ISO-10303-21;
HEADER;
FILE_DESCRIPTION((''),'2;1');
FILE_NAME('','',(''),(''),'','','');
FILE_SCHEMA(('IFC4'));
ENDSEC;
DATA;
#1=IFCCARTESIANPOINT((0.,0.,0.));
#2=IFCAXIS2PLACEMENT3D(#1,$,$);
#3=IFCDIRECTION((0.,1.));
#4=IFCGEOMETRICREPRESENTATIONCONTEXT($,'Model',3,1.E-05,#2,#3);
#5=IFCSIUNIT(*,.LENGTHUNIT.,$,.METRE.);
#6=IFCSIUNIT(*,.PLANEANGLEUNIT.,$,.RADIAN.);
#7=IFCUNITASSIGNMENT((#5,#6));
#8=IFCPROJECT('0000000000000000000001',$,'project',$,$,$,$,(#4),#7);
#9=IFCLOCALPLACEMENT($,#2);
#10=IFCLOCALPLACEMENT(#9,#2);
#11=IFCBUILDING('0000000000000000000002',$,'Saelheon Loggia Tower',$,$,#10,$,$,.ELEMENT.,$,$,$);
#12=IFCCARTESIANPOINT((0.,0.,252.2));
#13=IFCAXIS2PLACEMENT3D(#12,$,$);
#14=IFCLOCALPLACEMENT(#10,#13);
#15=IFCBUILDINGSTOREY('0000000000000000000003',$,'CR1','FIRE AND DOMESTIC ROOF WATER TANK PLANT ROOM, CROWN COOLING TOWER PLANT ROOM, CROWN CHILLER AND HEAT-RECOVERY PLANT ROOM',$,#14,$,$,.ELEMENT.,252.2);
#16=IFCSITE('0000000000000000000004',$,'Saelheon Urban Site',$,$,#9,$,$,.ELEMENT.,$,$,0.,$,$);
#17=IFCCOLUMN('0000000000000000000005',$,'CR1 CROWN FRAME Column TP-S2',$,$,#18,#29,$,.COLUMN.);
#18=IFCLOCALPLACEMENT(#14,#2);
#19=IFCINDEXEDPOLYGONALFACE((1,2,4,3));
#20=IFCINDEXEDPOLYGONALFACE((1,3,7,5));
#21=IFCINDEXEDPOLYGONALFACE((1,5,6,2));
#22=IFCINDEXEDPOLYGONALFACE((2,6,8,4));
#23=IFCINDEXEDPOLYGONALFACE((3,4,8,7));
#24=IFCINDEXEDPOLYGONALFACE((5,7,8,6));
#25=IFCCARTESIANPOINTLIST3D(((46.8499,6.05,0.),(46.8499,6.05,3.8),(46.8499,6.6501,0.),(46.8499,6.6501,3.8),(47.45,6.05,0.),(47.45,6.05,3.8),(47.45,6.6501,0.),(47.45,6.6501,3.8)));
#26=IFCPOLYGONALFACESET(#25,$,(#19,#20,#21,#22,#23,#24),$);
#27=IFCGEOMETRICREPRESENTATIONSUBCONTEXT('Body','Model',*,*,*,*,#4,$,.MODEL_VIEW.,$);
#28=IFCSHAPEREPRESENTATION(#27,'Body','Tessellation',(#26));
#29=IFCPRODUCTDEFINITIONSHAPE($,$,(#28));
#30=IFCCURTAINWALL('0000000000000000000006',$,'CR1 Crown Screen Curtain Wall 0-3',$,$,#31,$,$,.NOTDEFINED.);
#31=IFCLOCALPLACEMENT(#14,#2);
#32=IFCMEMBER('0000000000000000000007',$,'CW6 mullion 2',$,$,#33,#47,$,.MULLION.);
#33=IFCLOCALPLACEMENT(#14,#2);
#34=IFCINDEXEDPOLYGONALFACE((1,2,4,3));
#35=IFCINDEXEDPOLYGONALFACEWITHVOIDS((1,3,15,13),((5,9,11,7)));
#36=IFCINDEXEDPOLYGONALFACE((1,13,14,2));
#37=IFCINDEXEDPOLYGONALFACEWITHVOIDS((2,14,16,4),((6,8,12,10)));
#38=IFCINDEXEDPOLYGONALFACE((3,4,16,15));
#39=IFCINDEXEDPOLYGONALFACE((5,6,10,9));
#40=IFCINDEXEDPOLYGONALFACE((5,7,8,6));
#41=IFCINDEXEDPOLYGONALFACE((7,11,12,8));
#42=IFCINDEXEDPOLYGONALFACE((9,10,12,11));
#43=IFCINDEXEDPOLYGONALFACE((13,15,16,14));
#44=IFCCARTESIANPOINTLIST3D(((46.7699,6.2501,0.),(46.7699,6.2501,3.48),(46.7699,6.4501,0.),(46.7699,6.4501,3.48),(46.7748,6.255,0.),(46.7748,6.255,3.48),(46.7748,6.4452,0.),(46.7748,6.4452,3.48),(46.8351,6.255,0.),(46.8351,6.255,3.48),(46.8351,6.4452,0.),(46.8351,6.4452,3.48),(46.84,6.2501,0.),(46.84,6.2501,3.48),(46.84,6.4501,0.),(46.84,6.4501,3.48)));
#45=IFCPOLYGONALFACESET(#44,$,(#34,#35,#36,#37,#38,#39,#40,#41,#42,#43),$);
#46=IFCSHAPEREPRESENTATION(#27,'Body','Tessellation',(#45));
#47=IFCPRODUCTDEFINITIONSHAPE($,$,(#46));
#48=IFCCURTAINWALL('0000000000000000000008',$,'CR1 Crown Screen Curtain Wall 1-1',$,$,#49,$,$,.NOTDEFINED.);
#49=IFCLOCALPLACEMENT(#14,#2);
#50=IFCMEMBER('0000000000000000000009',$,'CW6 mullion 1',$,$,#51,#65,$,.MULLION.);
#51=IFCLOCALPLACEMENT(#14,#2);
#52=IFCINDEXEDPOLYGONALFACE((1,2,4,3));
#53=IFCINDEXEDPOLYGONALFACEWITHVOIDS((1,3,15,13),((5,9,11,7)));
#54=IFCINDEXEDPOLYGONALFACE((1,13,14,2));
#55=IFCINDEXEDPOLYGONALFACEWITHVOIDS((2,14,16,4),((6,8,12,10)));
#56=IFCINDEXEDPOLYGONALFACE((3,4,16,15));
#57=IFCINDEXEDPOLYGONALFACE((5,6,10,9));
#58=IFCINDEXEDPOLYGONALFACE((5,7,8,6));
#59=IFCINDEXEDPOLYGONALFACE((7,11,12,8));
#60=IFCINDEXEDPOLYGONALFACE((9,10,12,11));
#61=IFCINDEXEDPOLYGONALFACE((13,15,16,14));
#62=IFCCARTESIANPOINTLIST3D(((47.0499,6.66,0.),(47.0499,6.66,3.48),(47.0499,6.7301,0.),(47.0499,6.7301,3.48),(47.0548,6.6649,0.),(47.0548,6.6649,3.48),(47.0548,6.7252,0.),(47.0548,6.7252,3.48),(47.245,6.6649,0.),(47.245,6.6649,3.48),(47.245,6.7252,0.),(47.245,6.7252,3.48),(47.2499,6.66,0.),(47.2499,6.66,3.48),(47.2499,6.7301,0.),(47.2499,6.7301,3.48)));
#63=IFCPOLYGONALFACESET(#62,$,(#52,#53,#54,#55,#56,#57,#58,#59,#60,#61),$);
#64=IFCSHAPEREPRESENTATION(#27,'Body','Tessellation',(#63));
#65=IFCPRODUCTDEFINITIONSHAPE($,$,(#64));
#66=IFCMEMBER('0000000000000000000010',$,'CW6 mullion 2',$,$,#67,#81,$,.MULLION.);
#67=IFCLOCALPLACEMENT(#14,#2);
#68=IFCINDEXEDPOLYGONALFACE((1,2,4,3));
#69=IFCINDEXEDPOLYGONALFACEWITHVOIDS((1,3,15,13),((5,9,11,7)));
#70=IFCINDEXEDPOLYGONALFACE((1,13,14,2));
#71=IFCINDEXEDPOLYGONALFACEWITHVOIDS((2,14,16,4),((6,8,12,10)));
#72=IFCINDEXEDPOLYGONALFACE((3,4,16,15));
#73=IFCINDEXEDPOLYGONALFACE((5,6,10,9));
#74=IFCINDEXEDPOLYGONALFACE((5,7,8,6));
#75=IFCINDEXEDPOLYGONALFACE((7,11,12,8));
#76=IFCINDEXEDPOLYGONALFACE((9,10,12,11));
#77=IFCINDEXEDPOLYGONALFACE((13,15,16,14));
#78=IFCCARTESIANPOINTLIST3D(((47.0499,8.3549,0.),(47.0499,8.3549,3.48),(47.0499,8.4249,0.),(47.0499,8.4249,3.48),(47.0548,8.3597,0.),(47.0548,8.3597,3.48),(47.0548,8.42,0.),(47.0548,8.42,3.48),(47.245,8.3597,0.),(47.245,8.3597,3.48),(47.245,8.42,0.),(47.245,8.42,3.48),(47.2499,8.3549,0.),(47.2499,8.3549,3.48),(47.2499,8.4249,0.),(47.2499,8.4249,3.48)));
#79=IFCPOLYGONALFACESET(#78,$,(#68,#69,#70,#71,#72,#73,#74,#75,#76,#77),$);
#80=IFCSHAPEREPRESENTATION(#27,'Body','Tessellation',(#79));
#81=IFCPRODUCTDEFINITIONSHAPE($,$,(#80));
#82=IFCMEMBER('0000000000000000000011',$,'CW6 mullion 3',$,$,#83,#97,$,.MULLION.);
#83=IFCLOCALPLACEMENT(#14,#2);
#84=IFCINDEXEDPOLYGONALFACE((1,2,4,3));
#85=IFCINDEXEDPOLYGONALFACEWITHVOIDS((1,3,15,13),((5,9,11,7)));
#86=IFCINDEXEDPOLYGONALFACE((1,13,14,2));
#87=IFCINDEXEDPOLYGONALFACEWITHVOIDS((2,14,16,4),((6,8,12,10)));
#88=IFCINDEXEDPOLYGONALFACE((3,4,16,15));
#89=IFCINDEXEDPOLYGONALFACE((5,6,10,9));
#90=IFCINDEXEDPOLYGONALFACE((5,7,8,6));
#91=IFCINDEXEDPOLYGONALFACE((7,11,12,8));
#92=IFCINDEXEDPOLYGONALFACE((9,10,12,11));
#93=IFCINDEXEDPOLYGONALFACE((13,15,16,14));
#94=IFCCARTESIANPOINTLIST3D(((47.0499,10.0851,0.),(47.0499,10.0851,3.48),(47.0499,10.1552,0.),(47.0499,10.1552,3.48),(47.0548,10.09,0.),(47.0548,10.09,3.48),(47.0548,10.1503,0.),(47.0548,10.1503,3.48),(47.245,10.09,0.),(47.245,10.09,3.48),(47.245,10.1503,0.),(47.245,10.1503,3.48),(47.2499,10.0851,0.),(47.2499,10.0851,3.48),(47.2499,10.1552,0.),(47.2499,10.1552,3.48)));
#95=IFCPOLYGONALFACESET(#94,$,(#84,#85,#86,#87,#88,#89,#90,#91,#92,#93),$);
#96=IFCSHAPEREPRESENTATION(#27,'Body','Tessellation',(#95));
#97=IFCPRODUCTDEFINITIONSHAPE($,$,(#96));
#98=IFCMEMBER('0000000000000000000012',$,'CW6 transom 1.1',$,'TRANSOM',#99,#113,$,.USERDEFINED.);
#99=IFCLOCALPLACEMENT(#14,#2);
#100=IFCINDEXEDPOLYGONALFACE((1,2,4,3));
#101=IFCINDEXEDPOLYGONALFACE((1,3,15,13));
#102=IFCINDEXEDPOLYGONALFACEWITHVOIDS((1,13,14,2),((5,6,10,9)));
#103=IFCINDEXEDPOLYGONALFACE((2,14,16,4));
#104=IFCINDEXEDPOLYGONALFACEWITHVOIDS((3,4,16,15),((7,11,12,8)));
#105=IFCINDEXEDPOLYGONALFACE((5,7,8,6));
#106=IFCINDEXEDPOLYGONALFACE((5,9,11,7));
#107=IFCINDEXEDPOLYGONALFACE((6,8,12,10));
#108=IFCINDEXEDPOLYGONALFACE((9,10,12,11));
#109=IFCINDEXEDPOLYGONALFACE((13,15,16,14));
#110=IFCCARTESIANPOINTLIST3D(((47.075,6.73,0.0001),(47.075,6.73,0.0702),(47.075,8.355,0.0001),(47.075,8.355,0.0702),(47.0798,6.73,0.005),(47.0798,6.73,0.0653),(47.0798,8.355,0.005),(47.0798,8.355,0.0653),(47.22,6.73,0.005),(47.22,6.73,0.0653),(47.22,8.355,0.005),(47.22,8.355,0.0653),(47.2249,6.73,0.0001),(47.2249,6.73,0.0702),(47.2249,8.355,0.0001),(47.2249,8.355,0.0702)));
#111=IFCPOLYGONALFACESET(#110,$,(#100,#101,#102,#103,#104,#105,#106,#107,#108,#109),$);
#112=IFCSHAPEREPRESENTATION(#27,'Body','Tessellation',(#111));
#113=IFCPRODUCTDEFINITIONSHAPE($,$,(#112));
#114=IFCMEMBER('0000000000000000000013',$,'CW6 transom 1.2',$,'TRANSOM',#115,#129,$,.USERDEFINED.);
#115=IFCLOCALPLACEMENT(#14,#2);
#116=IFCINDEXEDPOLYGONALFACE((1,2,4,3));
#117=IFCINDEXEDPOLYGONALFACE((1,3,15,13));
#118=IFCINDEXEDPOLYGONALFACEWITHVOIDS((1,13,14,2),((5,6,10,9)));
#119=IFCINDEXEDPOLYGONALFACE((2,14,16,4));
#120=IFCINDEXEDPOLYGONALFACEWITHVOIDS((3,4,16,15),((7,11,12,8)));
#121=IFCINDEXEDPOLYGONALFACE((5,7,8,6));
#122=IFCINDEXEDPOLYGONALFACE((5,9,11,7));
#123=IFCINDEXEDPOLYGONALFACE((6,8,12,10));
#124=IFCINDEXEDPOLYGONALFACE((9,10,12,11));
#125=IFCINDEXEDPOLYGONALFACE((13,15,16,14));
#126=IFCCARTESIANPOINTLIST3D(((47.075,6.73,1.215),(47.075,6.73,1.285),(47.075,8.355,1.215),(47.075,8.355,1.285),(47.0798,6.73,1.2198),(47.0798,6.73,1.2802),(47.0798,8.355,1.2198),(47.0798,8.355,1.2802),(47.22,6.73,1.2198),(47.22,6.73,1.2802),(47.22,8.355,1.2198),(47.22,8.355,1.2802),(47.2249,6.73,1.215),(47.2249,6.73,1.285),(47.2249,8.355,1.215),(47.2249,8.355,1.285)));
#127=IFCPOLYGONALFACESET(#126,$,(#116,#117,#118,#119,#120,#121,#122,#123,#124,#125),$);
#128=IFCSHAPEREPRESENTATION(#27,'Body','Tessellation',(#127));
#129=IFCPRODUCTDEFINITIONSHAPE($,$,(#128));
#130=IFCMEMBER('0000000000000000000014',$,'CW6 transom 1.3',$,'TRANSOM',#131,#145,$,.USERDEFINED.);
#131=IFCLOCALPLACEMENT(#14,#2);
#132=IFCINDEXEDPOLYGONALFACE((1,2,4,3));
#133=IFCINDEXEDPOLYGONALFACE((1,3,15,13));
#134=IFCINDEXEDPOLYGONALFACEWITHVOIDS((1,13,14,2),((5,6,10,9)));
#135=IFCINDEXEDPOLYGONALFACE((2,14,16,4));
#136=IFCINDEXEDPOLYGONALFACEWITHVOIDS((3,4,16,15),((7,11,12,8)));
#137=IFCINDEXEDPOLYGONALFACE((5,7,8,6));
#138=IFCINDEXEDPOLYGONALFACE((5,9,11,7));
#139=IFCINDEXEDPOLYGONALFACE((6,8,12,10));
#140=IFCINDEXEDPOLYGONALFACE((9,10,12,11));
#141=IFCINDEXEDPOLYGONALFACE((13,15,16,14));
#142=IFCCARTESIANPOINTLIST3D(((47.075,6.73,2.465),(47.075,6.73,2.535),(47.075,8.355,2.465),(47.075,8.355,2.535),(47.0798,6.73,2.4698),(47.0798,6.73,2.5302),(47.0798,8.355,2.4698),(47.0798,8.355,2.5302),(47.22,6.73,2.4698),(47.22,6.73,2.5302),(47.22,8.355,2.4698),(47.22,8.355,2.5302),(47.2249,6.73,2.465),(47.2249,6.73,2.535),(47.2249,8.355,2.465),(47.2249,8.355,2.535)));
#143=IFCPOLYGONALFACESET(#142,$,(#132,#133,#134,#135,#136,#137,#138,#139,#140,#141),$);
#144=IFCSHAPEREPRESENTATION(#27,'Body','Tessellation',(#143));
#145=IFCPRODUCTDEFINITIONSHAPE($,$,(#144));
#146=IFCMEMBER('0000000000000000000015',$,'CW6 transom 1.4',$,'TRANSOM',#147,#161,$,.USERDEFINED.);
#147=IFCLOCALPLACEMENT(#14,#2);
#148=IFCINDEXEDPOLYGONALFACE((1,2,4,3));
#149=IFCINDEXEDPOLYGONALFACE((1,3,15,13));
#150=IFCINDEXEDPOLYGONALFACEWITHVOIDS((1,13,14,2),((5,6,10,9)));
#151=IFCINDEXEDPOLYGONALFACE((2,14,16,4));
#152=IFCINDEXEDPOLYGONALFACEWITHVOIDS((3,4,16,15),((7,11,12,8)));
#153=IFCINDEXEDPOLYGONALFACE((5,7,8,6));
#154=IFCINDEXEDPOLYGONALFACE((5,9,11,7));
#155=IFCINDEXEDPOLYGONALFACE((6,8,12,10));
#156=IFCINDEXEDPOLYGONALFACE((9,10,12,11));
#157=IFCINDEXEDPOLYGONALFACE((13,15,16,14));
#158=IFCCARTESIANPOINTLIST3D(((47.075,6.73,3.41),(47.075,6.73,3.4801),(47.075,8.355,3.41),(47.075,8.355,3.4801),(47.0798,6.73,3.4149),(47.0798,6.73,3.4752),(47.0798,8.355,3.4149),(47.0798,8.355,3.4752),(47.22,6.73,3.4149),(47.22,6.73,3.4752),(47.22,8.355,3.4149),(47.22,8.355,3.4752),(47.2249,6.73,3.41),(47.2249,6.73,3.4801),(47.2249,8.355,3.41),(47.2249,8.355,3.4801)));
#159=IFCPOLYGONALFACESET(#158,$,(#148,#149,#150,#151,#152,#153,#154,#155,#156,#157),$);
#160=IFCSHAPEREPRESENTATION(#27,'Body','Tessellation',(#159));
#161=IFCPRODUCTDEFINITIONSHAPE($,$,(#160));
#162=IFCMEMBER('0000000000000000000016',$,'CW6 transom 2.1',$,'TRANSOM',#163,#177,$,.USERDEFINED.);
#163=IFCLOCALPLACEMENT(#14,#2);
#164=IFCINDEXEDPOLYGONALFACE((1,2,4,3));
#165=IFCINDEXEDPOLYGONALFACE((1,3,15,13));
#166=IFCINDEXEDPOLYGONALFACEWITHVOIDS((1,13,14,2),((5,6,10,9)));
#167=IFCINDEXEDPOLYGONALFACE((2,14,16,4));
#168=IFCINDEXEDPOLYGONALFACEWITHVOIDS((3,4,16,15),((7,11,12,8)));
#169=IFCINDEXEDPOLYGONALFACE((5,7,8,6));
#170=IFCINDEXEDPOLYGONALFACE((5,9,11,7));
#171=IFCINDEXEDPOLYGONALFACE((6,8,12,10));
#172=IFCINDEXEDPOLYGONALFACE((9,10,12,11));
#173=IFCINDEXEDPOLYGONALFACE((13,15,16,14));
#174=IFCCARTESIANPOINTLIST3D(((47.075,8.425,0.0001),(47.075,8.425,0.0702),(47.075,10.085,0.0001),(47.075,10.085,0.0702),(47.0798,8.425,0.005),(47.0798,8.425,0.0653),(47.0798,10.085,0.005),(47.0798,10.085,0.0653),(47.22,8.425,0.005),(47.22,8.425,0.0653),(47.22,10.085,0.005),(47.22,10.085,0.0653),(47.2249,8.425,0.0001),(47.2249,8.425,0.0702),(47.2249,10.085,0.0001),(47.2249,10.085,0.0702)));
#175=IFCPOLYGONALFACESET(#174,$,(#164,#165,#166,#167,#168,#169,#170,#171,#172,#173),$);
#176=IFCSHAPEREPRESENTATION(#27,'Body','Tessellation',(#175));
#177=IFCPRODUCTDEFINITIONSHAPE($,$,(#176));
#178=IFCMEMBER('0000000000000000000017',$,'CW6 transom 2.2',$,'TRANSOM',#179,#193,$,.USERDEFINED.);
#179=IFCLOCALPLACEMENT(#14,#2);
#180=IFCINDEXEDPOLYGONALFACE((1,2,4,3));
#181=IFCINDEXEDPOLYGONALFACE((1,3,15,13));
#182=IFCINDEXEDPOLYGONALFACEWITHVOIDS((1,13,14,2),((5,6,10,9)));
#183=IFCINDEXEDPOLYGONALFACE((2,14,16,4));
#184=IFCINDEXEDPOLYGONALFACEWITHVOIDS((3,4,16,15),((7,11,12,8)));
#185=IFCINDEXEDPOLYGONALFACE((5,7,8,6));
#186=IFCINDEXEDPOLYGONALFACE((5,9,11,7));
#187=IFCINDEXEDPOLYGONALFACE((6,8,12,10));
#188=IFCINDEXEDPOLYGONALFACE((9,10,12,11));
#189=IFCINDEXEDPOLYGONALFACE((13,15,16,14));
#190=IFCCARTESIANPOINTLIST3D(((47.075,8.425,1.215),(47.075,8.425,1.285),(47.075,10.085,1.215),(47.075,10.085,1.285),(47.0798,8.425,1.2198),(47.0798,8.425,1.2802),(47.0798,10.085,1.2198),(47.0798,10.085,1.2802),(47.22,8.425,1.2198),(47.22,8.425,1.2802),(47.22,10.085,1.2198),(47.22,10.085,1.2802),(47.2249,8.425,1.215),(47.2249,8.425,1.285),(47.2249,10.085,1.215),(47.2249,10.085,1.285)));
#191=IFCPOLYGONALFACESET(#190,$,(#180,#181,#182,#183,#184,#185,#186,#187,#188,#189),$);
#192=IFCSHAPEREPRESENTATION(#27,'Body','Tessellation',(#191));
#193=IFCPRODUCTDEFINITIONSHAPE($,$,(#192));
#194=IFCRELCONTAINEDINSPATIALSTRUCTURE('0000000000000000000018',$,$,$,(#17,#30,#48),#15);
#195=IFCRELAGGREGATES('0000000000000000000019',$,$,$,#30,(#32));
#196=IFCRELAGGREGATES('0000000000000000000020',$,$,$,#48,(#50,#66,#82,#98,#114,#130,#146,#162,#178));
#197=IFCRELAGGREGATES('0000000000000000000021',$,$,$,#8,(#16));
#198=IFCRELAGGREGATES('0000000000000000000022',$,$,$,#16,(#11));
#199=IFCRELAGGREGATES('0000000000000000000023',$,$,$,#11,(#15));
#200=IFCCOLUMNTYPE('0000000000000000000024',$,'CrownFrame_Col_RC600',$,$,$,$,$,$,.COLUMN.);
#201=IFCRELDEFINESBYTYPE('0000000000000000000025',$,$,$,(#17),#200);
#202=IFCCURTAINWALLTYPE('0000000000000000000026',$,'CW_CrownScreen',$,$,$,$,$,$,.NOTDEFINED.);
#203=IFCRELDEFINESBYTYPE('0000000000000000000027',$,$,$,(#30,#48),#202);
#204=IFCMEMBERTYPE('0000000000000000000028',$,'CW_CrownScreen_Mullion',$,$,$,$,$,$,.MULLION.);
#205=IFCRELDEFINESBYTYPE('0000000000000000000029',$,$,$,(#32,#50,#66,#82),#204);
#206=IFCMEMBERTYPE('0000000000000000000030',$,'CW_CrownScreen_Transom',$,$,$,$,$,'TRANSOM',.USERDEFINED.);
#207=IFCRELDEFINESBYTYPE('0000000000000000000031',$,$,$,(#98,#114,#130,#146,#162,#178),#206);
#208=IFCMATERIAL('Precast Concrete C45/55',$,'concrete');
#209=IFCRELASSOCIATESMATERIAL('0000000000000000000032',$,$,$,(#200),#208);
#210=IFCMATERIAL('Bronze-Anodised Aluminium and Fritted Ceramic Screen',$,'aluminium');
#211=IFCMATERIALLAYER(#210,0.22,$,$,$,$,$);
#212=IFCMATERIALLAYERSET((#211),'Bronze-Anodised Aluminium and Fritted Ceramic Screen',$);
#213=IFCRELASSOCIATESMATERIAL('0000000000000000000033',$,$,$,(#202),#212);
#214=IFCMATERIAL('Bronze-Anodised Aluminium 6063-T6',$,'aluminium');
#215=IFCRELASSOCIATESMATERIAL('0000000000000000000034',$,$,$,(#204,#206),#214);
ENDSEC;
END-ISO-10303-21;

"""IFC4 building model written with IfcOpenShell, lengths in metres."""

from ifc_helpers import new_model, si_unit, direction, frame, origin, origin_2d, place, context, subcontext, project, spatial, rectangle, hollow_rectangle, extrude, source, transform, mapped, material, layer, layer_set, material_profile, profile_set, type_object, element, aggregate, save


model = new_model("IFC4")

# Units and contexts
model_context = context("Model", 3, precision=1e-05, world=origin(), true_north=direction((0.0, 1.0)))
body_context = subcontext(model_context, "Body", "Model", "MODEL_VIEW")
ifc_project = project(units=[si_unit("LENGTHUNIT", "METRE"), si_unit("PLANEANGLEUNIT", "RADIAN")], contexts=[model_context])

# Site, building, storey
site_placement = place(None, origin())
site = spatial("IfcSite", under=ifc_project, at=site_placement, Name="Saelheon Urban Site", CompositionType="ELEMENT", RefElevation=0.0)
building_placement = place(site_placement, origin())
building = spatial("IfcBuilding", under=site, at=building_placement, Name="Saelheon Loggia Tower", CompositionType="ELEMENT")
storey_placement = place(building_placement, frame((0.0, 0.0, 252.2)))
storey = spatial("IfcBuildingStorey", under=building, at=storey_placement, Name="CR1", Description="FIRE AND DOMESTIC ROOF WATER TANK PLANT ROOM, CROWN COOLING TOWER PLANT ROOM, CROWN CHILLER AND HEAT-RECOVERY PLANT ROOM", CompositionType="ELEMENT", Elevation=252.2)

# Column
ifc_material_1 = material(Name="Precast Concrete C45/55", Category="concrete")
ifc_material_profile_1 = material_profile(ifc_material_1, rectangle(XDim=0.6001, YDim=0.6001, at=origin_2d()), Name="RC-600x600")
ifc_profile_set_1 = profile_set([ifc_material_profile_1], Name="Precast Concrete C45/55")
column_type = type_object("IfcColumnType", Name="CrownFrame_Col_RC600", PredefinedType="COLUMN", material=ifc_profile_set_1)
shared_shape_1 = source(origin(), body_context, "Body", "SweptSolid", [
    extrude(rectangle(XDim=0.6001, YDim=0.6001, at=origin_2d()), origin(), (0.0, 0.0, 1.0), 3.8),
])
column_placement = place(storey_placement, frame((47.1499, 6.3501, 0.0), z_axis=(0.0, 0.0, 1.0), x_axis=(1.0, 0.0, 0.0)))
element("IfcColumn", 1, at=column_placement, inside=storey, type_object=column_type, Name="CR1 CROWN FRAME Column TP-S2", PredefinedType="COLUMN", context=body_context, shape_type="MappedRepresentation", body=[
    mapped(shared_shape_1, transform((0.0, 0.0, 0.0), scale=1.0)),
])

# Curtain wall, member
ifc_material_2 = material(Name="Bronze-Anodised Aluminium and Fritted Ceramic Screen", Category="aluminium")
ifc_layer_1 = layer(ifc_material_2, 0.22)
ifc_layer_set_1 = layer_set([ifc_layer_1], Name="Bronze-Anodised Aluminium and Fritted Ceramic Screen")
curtain_wall_type = type_object("IfcCurtainWallType", Name="CW_CrownScreen", PredefinedType="NOTDEFINED", material=ifc_layer_set_1)
curtain_wall_1_placement = place(storey_placement, origin())
curtain_wall_1 = element("IfcCurtainWall", 2, at=curtain_wall_1_placement, inside=storey, type_object=curtain_wall_type, Name="CR1 Crown Screen Curtain Wall 0-3", PredefinedType="NOTDEFINED")
ifc_material_3 = material(Name="Bronze-Anodised Aluminium 6063-T6", Category="aluminium")
ifc_material_profile_2 = material_profile(ifc_material_3, hollow_rectangle(XDim=0.0701, YDim=0.2, WallThickness=0.0049, at=origin_2d()), Name="RHS-200x70x5")
ifc_profile_set_2 = profile_set([ifc_material_profile_2], Name="Bronze-Anodised Aluminium 6063-T6")
member_type_1 = type_object("IfcMemberType", Name="CW_CrownScreen_Mullion", PredefinedType="MULLION", material=ifc_profile_set_2)
shared_shape_2 = source(origin(), body_context, "Body", "SweptSolid", [
    extrude(hollow_rectangle(XDim=0.0701, YDim=0.2, WallThickness=0.0049, at=origin_2d()), origin(), (0.0, 0.0, 1.0), 3.48),
])
member_1_placement = place(storey_placement, frame((46.8049, 6.3501, 0.0), z_axis=(0.0, 0.0, 1.0), x_axis=(1.0, 0.0, 0.0)))
member_1 = element("IfcMember", 3, at=member_1_placement, type_object=member_type_1, Name="CW6 mullion 2", PredefinedType="MULLION", context=body_context, shape_type="MappedRepresentation", body=[
    mapped(shared_shape_2, transform((0.0, 0.0, 0.0), scale=1.0)),
])

# Curtain wall, members
curtain_wall_2_placement = place(storey_placement, origin())
curtain_wall_2 = element("IfcCurtainWall", 4, at=curtain_wall_2_placement, inside=storey, type_object=curtain_wall_type, Name="CR1 Crown Screen Curtain Wall 1-1", PredefinedType="NOTDEFINED")
member_2_placement = place(storey_placement, frame((47.1499, 6.6951, 0.0), z_axis=(0.0, 0.0, 1.0), x_axis=(0.0, 1.0, 0.0)))
member_2 = element("IfcMember", 5, at=member_2_placement, type_object=member_type_1, Name="CW6 mullion 1", PredefinedType="MULLION", context=body_context, shape_type="MappedRepresentation", body=[
    mapped(shared_shape_2, transform((0.0, 0.0, 0.0), scale=1.0)),
])
member_3_placement = place(storey_placement, frame((47.1499, 8.3899, 0.0), z_axis=(0.0, 0.0, 1.0), x_axis=(0.0, 1.0, 0.0)))
member_3 = element("IfcMember", 6, at=member_3_placement, type_object=member_type_1, Name="CW6 mullion 2", PredefinedType="MULLION", context=body_context, shape_type="MappedRepresentation", body=[
    mapped(shared_shape_2, transform((0.0, 0.0, 0.0), scale=1.0)),
])
member_4_placement = place(storey_placement, frame((47.1499, 10.1201, 0.0), z_axis=(0.0, 0.0, 1.0), x_axis=(0.0, 1.0, 0.0)))
member_4 = element("IfcMember", 7, at=member_4_placement, type_object=member_type_1, Name="CW6 mullion 3", PredefinedType="MULLION", context=body_context, shape_type="MappedRepresentation", body=[
    mapped(shared_shape_2, transform((0.0, 0.0, 0.0), scale=1.0)),
])
ifc_material_profile_3 = material_profile(ifc_material_3, hollow_rectangle(XDim=0.0701, YDim=0.1499, WallThickness=0.0049, at=origin_2d()), Name="RHS-150x70x5")
ifc_profile_set_3 = profile_set([ifc_material_profile_3], Name="Bronze-Anodised Aluminium 6063-T6")
member_type_2 = type_object("IfcMemberType", Name="CW_CrownScreen_Transom", ElementType="TRANSOM", PredefinedType="USERDEFINED", material=ifc_profile_set_3)
shared_shape_3 = source(origin(), body_context, "Body", "SweptSolid", [
    extrude(hollow_rectangle(XDim=0.0701, YDim=0.1499, WallThickness=0.0049, at=origin_2d()), origin(), (0.0, 0.0, 1.0), 1.625),
])
member_5_placement = place(storey_placement, frame((47.1499, 6.73, 0.0352), z_axis=(0.0, 1.0, 0.0), x_axis=(0.0, 0.0, 1.0)))
member_5 = element("IfcMember", 8, at=member_5_placement, type_object=member_type_2, Name="CW6 transom 1.1", ObjectType="TRANSOM", PredefinedType="USERDEFINED", context=body_context, shape_type="MappedRepresentation", body=[
    mapped(shared_shape_3, transform((0.0, 0.0, 0.0), scale=1.0)),
])
member_6_placement = place(storey_placement, frame((47.1499, 6.73, 1.25), z_axis=(0.0, 1.0, 0.0), x_axis=(0.0, 0.0, 1.0)))
member_6 = element("IfcMember", 9, at=member_6_placement, type_object=member_type_2, Name="CW6 transom 1.2", ObjectType="TRANSOM", PredefinedType="USERDEFINED", context=body_context, shape_type="MappedRepresentation", body=[
    mapped(shared_shape_3, transform((0.0, 0.0, 0.0), scale=1.0)),
])
member_7_placement = place(storey_placement, frame((47.1499, 6.73, 2.5), z_axis=(0.0, 1.0, 0.0), x_axis=(0.0, 0.0, 1.0)))
member_7 = element("IfcMember", 10, at=member_7_placement, type_object=member_type_2, Name="CW6 transom 1.3", ObjectType="TRANSOM", PredefinedType="USERDEFINED", context=body_context, shape_type="MappedRepresentation", body=[
    mapped(shared_shape_3, transform((0.0, 0.0, 0.0), scale=1.0)),
])
member_8_placement = place(storey_placement, frame((47.1499, 6.73, 3.4451), z_axis=(0.0, 1.0, 0.0), x_axis=(0.0, 0.0, 1.0)))
member_8 = element("IfcMember", 11, at=member_8_placement, type_object=member_type_2, Name="CW6 transom 1.4", ObjectType="TRANSOM", PredefinedType="USERDEFINED", context=body_context, shape_type="MappedRepresentation", body=[
    mapped(shared_shape_3, transform((0.0, 0.0, 0.0), scale=1.0)),
])
shared_shape_4 = source(origin(), body_context, "Body", "SweptSolid", [
    extrude(hollow_rectangle(XDim=0.0701, YDim=0.1499, WallThickness=0.0049, at=origin_2d()), origin(), (0.0, 0.0, 1.0), 1.6599),
])
member_9_placement = place(storey_placement, frame((47.1499, 8.425, 0.0352), z_axis=(0.0, 1.0, 0.0), x_axis=(0.0, 0.0, 1.0)))
member_9 = element("IfcMember", 12, at=member_9_placement, type_object=member_type_2, Name="CW6 transom 2.1", ObjectType="TRANSOM", PredefinedType="USERDEFINED", context=body_context, shape_type="MappedRepresentation", body=[
    mapped(shared_shape_4, transform((0.0, 0.0, 0.0), scale=1.0)),
])
member_10_placement = place(storey_placement, frame((47.1499, 8.425, 1.25), z_axis=(0.0, 1.0, 0.0), x_axis=(0.0, 0.0, 1.0)))
member_10 = element("IfcMember", 13, at=member_10_placement, type_object=member_type_2, Name="CW6 transom 2.2", ObjectType="TRANSOM", PredefinedType="USERDEFINED", context=body_context, shape_type="MappedRepresentation", body=[
    mapped(shared_shape_4, transform((0.0, 0.0, 0.0), scale=1.0)),
])

aggregate(curtain_wall_1, [member_1])
aggregate(curtain_wall_2, [member_2, member_3, member_4, member_5, member_6, member_7, member_8, member_9, member_10])

save(model, "model.ifc")
